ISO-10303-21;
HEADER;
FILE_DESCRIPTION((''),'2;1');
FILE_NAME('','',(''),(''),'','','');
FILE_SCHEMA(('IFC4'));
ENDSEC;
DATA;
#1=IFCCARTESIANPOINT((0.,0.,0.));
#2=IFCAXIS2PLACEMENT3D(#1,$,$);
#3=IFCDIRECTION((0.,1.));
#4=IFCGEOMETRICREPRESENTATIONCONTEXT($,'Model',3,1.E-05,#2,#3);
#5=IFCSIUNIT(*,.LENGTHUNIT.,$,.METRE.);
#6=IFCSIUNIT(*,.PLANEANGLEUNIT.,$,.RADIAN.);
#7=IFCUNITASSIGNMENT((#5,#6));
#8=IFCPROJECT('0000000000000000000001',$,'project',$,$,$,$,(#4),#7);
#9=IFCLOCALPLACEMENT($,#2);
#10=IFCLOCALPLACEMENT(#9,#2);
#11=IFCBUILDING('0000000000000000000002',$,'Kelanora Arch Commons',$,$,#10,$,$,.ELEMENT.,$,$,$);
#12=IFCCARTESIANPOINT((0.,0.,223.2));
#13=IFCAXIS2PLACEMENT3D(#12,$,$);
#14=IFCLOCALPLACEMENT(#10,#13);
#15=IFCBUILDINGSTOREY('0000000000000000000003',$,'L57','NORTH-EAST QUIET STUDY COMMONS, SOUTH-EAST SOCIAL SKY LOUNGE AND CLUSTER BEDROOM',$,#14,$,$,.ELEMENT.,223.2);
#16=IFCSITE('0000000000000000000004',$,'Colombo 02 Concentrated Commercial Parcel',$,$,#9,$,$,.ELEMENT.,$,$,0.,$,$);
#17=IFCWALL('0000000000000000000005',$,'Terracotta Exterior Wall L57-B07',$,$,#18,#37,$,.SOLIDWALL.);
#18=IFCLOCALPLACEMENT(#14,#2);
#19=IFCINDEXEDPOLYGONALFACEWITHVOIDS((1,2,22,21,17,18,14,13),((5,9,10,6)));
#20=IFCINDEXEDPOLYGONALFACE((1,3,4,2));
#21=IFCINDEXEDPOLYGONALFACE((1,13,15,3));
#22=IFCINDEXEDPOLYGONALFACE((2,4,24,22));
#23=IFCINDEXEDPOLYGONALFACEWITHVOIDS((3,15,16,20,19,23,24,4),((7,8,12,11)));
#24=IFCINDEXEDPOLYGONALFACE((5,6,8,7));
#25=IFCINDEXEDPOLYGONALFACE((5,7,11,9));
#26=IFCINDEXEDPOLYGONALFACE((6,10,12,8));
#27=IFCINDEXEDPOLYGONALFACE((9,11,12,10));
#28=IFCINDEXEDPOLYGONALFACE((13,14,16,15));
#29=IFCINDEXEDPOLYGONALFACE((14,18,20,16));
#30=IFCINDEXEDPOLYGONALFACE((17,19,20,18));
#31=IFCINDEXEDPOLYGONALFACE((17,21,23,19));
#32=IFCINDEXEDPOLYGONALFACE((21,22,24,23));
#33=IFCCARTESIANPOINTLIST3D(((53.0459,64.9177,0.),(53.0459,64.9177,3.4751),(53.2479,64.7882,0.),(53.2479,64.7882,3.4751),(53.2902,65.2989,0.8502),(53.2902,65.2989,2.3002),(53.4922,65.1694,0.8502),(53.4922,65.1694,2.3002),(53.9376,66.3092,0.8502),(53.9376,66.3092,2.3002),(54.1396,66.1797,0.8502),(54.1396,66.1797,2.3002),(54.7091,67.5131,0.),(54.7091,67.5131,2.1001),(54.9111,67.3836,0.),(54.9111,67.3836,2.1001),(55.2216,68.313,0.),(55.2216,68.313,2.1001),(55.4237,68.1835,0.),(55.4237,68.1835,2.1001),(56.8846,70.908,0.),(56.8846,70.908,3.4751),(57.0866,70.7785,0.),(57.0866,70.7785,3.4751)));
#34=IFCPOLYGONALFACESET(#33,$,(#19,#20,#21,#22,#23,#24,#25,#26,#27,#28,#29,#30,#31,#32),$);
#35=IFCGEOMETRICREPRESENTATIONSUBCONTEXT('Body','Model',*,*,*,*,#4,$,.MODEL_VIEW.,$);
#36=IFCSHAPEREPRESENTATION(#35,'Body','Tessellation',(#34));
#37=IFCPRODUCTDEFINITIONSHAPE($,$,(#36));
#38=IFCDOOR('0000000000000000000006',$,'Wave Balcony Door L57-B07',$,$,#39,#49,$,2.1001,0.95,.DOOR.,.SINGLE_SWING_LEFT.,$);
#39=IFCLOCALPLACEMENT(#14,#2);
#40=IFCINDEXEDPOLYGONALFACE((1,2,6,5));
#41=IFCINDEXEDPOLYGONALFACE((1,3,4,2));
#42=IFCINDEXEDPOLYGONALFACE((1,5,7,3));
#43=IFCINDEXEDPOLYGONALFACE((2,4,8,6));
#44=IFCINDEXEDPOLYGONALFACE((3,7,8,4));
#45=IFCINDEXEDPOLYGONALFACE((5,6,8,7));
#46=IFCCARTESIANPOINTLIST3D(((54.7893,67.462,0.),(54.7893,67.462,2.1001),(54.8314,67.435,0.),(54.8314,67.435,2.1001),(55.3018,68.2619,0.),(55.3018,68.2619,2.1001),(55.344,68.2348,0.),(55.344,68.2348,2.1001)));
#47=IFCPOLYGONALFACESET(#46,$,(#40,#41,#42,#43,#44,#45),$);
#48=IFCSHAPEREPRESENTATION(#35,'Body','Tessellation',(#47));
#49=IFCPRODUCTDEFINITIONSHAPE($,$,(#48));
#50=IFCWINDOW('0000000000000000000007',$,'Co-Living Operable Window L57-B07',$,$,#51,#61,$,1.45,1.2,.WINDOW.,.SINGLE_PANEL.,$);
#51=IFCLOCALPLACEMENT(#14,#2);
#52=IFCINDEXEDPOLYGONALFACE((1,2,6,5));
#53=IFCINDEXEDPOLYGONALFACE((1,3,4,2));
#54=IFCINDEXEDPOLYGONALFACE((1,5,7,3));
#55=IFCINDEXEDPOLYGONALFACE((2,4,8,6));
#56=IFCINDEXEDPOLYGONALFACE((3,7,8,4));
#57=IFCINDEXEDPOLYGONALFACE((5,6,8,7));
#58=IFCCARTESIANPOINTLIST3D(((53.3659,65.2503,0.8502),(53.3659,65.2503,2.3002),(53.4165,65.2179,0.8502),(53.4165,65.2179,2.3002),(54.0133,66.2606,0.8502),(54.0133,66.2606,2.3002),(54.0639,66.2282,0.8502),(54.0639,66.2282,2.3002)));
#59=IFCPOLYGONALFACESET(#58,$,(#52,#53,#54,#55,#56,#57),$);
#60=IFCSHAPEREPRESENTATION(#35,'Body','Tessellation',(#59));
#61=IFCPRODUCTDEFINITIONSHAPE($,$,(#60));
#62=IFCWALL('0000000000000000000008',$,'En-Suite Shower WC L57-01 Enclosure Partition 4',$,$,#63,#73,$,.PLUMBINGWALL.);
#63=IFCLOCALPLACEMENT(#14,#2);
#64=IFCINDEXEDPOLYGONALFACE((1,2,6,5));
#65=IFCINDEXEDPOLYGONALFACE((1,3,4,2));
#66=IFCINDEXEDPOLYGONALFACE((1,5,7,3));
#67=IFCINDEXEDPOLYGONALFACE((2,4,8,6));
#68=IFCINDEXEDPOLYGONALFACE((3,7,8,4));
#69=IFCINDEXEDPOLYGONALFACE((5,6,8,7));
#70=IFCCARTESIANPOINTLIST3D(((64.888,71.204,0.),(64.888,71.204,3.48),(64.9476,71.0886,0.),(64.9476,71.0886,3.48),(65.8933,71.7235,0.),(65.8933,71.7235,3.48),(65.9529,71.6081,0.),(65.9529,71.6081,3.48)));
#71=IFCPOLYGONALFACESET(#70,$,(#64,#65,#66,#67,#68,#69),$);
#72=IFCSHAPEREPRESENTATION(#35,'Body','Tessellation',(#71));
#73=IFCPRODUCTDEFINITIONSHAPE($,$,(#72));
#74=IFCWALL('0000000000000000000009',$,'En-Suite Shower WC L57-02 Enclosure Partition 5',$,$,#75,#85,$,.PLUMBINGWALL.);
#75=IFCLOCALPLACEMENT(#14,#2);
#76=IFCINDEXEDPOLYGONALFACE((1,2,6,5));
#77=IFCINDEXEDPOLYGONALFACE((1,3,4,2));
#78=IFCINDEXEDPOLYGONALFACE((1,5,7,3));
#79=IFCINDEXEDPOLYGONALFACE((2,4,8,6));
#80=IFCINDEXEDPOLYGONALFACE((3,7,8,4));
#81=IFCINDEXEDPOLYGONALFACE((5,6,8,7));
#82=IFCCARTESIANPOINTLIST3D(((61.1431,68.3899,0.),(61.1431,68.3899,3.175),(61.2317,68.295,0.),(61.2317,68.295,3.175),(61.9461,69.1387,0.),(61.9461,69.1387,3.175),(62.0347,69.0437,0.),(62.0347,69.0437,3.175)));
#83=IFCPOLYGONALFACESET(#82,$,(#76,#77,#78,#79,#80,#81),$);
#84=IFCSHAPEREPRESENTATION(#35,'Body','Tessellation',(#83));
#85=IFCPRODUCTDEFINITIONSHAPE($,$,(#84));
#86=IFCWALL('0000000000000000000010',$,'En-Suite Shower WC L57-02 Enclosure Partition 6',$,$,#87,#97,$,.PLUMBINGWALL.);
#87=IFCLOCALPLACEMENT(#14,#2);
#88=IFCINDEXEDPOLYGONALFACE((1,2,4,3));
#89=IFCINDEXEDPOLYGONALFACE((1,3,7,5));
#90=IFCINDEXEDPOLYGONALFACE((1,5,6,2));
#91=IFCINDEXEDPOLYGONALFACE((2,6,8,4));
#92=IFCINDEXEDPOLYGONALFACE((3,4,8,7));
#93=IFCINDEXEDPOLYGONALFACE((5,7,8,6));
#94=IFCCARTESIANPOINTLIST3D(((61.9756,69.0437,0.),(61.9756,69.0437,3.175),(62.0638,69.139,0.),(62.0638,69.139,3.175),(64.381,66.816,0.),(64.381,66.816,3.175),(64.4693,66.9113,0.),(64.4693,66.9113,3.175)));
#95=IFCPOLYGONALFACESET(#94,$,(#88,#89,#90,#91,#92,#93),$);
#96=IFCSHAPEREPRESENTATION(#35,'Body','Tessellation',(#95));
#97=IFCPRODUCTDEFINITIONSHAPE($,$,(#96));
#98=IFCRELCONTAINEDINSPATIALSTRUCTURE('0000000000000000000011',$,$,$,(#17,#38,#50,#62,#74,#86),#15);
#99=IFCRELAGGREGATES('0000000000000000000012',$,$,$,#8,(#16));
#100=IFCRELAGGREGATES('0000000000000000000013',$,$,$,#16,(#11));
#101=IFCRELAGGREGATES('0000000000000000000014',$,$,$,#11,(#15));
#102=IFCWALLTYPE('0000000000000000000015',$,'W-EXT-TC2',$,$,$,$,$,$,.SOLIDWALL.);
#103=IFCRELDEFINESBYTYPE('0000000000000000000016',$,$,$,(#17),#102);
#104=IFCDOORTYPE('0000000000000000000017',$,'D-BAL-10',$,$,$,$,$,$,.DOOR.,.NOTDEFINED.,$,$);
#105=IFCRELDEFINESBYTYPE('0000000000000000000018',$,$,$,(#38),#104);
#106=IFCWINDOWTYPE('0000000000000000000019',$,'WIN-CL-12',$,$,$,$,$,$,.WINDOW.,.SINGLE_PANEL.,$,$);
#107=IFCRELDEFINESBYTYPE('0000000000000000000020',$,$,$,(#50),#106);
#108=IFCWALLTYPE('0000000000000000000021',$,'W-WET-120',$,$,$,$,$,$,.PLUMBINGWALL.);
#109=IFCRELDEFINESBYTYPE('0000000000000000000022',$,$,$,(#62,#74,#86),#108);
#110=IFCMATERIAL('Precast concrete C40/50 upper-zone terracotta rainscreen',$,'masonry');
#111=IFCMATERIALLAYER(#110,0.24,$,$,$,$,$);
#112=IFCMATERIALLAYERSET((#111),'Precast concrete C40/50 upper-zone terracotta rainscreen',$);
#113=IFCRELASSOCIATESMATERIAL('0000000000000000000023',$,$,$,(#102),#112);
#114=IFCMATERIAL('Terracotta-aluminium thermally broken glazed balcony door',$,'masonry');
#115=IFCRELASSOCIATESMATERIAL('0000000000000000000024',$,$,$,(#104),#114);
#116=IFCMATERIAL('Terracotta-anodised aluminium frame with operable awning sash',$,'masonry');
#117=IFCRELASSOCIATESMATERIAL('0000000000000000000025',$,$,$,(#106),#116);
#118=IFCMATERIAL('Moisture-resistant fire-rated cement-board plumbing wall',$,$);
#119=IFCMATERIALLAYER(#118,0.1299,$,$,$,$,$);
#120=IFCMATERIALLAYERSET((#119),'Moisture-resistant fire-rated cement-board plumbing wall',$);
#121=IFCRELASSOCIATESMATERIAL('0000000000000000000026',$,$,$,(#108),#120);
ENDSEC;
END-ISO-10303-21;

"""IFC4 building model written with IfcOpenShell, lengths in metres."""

from ifc_helpers import new_model, si_unit, direction, frame, frame_2d, origin, place, context, subcontext, project, spatial, rectangle, extrude, material, layer, layer_set, type_object, element, fill, save


model = new_model("IFC4")

# Units and contexts
model_context = context("Model", 3, precision=1e-05, world=origin(), true_north=direction((0.0, 1.0)))
body_context = subcontext(model_context, "Body", "Model", "MODEL_VIEW")
ifc_project = project(units=[si_unit("LENGTHUNIT", "METRE"), si_unit("PLANEANGLEUNIT", "RADIAN")], contexts=[model_context])

# Site, building, storey
site_placement = place(None, origin())
site = spatial("IfcSite", under=ifc_project, at=site_placement, Name="Colombo 02 Concentrated Commercial Parcel", CompositionType="ELEMENT", RefElevation=0.0)
building_placement = place(site_placement, origin())
building = spatial("IfcBuilding", under=site, at=building_placement, Name="Kelanora Arch Commons", CompositionType="ELEMENT")
storey_placement = place(building_placement, frame((0.0, 0.0, 223.2)))
storey = spatial("IfcBuildingStorey", under=building, at=storey_placement, Name="L57", Description="NORTH-EAST QUIET STUDY COMMONS, SOUTH-EAST SOCIAL SKY LOUNGE AND CLUSTER BEDROOM", CompositionType="ELEMENT", Elevation=223.2)

# Shared definitions
ifc_material_1 = material(Name="Precast concrete C40/50 upper-zone terracotta rainscreen", Category="masonry")
ifc_layer_1 = layer(ifc_material_1, 0.24)
ifc_layer_set_1 = layer_set([ifc_layer_1], Name="Precast concrete C40/50 upper-zone terracotta rainscreen")
wall_type_1 = type_object("IfcWallType", Name="W-EXT-TC2", PredefinedType="SOLIDWALL", material=ifc_layer_set_1)

# Wall, openings, door, window
wall_1_placement = place(storey_placement, frame((56.9856, 70.8433, 0.0), z_axis=(0.0, 0.0, 1.0), x_axis=(-0.53954, -0.84196, 0.0)))
wall_1 = element("IfcWall", 1, at=wall_1_placement, inside=storey, type_object=wall_type_1, Name="Terracotta Exterior Wall L57-B07", PredefinedType="SOLIDWALL", context=body_context, shape_type="SweptSolid", body=[
    extrude(rectangle(XDim=7.1147, YDim=0.24, at=frame_2d((3.5574, 0.0))), origin(), (0.0, 0.0, 1.0), 3.4751),
])
opening_1_placement = place(wall_1_placement, frame((3.082, 0.0, 0.0)))
opening_1 = element("IfcOpeningElement", 2, at=opening_1_placement, cuts=wall_1, PredefinedType="OPENING", context=body_context, shape_type="SweptSolid", body=[
    extrude(rectangle(XDim=0.95, YDim=2.1001, at=frame_2d((0.4751, 1.05))), frame((0.0, 0.1299, 0.0), z_axis=(0.0, -1.0, 0.0), x_axis=(1.0, 0.0, 0.0)), (0.0, 0.0, 1.0), 0.26),
])
opening_2_placement = place(wall_1_placement, frame((5.4619, 0.0, 0.8501)))
opening_2 = element("IfcOpeningElement", 3, at=opening_2_placement, cuts=wall_1, PredefinedType="OPENING", context=body_context, shape_type="SweptSolid", body=[
    extrude(rectangle(XDim=1.2, YDim=1.45, at=frame_2d((0.6001, 0.7251))), frame((0.0, 0.1299, 0.0), z_axis=(0.0, -1.0, 0.0), x_axis=(1.0, 0.0, 0.0)), (0.0, 0.0, 1.0), 0.26),
])
ifc_material_2 = material(Name="Terracotta-aluminium thermally broken glazed balcony door", Category="masonry")
door_type = type_object("IfcDoorType", Name="D-BAL-10", OperationType="NOTDEFINED", PredefinedType="DOOR", material=ifc_material_2)
door_placement = place(opening_1_placement, frame((0.95, 0.0, 0.0), z_axis=(0.0, 0.0, 1.0), x_axis=(-1.0, 0.0, 0.0)))
door = element("IfcDoor", 4, at=door_placement, inside=storey, type_object=door_type, Name="Wave Balcony Door L57-B07", OperationType="SINGLE_SWING_LEFT", OverallHeight=2.1001, OverallWidth=0.95, PredefinedType="DOOR", context=body_context, shape_type="SweptSolid", body=[
    extrude(rectangle(XDim=0.95, YDim=2.1001, at=frame_2d((0.4751, 1.05))), frame((0.0, 0.0249, 0.0), z_axis=(0.0, -1.0, 0.0), x_axis=(1.0, 0.0, 0.0)), (0.0, 0.0, 1.0), 0.05),
])
fill(opening_1, door)
ifc_material_3 = material(Name="Terracotta-anodised aluminium frame with operable awning sash", Category="masonry")
window_type_1 = type_object("IfcWindowType", Name="WIN-CL-12", PartitioningType="SINGLE_PANEL", PredefinedType="WINDOW", material=ifc_material_3)
window_1_placement = place(opening_2_placement, origin())
window_1 = element("IfcWindow", 5, at=window_1_placement, inside=storey, type_object=window_type_1, Name="Co-Living Operable Window L57-B07", OverallHeight=1.45, OverallWidth=1.2, PartitioningType="SINGLE_PANEL", PredefinedType="WINDOW", context=body_context, shape_type="SweptSolid", body=[
    extrude(rectangle(XDim=1.2, YDim=1.45, at=frame_2d((0.6001, 0.7251))), frame((0.0, 0.03, 0.0), z_axis=(0.0, -1.0, 0.0), x_axis=(1.0, 0.0, 0.0)), (0.0, 0.0, 1.0), 0.0601),
])
fill(opening_2, window_1)

# Walls
ifc_material_4 = material(Name="Moisture-resistant fire-rated cement-board plumbing wall")
ifc_layer_2 = layer(ifc_material_4, 0.1299)
ifc_layer_set_2 = layer_set([ifc_layer_2], Name="Moisture-resistant fire-rated cement-board plumbing wall")
wall_type_2 = type_object("IfcWallType", Name="W-WET-120", PredefinedType="PLUMBINGWALL", material=ifc_layer_set_2)
wall_2_placement = place(storey_placement, frame((64.9177, 71.1462, 0.0), z_axis=(0.0, 0.0, 1.0), x_axis=(0.888394, 0.459082, 0.0)))
element("IfcWall", 6, at=wall_2_placement, inside=storey, type_object=wall_type_2, Name="En-Suite Shower WC L57-01 Enclosure Partition 4", PredefinedType="PLUMBINGWALL", context=body_context, shape_type="SweptSolid", body=[
    extrude(rectangle(XDim=1.1316, YDim=0.1299, at=frame_2d((0.5659, 0.0))), origin(), (0.0, 0.0, 1.0), 3.48),
])
wall_3_placement = place(storey_placement, frame((61.1875, 68.3425, 0.0), z_axis=(0.0, 0.0, 1.0), x_axis=(0.731358, 0.681993, 0.0)))
element("IfcWall", 7, at=wall_3_placement, inside=storey, type_object=wall_type_2, Name="En-Suite Shower WC L57-02 Enclosure Partition 5", PredefinedType="PLUMBINGWALL", context=body_context, shape_type="SweptSolid", body=[
    extrude(rectangle(XDim=1.0979, YDim=0.1299, at=frame_2d((0.5488, 0.0))), origin(), (0.0, 0.0, 1.0), 3.175),
])
wall_4_placement = place(storey_placement, frame((62.0198, 69.0913, 0.0), z_axis=(0.0, 0.0, 1.0), x_axis=(0.733692, -0.679482, 0.0)))
element("IfcWall", 8, at=wall_4_placement, inside=storey, type_object=wall_type_2, Name="En-Suite Shower WC L57-02 Enclosure Partition 6", PredefinedType="PLUMBINGWALL", context=body_context, shape_type="SweptSolid", body=[
    extrude(rectangle(XDim=3.2786, YDim=0.1299, at=frame_2d((1.6392, 0.0))), origin(), (0.0, 0.0, 1.0), 3.175),
])

save(model, "model.ifc")
